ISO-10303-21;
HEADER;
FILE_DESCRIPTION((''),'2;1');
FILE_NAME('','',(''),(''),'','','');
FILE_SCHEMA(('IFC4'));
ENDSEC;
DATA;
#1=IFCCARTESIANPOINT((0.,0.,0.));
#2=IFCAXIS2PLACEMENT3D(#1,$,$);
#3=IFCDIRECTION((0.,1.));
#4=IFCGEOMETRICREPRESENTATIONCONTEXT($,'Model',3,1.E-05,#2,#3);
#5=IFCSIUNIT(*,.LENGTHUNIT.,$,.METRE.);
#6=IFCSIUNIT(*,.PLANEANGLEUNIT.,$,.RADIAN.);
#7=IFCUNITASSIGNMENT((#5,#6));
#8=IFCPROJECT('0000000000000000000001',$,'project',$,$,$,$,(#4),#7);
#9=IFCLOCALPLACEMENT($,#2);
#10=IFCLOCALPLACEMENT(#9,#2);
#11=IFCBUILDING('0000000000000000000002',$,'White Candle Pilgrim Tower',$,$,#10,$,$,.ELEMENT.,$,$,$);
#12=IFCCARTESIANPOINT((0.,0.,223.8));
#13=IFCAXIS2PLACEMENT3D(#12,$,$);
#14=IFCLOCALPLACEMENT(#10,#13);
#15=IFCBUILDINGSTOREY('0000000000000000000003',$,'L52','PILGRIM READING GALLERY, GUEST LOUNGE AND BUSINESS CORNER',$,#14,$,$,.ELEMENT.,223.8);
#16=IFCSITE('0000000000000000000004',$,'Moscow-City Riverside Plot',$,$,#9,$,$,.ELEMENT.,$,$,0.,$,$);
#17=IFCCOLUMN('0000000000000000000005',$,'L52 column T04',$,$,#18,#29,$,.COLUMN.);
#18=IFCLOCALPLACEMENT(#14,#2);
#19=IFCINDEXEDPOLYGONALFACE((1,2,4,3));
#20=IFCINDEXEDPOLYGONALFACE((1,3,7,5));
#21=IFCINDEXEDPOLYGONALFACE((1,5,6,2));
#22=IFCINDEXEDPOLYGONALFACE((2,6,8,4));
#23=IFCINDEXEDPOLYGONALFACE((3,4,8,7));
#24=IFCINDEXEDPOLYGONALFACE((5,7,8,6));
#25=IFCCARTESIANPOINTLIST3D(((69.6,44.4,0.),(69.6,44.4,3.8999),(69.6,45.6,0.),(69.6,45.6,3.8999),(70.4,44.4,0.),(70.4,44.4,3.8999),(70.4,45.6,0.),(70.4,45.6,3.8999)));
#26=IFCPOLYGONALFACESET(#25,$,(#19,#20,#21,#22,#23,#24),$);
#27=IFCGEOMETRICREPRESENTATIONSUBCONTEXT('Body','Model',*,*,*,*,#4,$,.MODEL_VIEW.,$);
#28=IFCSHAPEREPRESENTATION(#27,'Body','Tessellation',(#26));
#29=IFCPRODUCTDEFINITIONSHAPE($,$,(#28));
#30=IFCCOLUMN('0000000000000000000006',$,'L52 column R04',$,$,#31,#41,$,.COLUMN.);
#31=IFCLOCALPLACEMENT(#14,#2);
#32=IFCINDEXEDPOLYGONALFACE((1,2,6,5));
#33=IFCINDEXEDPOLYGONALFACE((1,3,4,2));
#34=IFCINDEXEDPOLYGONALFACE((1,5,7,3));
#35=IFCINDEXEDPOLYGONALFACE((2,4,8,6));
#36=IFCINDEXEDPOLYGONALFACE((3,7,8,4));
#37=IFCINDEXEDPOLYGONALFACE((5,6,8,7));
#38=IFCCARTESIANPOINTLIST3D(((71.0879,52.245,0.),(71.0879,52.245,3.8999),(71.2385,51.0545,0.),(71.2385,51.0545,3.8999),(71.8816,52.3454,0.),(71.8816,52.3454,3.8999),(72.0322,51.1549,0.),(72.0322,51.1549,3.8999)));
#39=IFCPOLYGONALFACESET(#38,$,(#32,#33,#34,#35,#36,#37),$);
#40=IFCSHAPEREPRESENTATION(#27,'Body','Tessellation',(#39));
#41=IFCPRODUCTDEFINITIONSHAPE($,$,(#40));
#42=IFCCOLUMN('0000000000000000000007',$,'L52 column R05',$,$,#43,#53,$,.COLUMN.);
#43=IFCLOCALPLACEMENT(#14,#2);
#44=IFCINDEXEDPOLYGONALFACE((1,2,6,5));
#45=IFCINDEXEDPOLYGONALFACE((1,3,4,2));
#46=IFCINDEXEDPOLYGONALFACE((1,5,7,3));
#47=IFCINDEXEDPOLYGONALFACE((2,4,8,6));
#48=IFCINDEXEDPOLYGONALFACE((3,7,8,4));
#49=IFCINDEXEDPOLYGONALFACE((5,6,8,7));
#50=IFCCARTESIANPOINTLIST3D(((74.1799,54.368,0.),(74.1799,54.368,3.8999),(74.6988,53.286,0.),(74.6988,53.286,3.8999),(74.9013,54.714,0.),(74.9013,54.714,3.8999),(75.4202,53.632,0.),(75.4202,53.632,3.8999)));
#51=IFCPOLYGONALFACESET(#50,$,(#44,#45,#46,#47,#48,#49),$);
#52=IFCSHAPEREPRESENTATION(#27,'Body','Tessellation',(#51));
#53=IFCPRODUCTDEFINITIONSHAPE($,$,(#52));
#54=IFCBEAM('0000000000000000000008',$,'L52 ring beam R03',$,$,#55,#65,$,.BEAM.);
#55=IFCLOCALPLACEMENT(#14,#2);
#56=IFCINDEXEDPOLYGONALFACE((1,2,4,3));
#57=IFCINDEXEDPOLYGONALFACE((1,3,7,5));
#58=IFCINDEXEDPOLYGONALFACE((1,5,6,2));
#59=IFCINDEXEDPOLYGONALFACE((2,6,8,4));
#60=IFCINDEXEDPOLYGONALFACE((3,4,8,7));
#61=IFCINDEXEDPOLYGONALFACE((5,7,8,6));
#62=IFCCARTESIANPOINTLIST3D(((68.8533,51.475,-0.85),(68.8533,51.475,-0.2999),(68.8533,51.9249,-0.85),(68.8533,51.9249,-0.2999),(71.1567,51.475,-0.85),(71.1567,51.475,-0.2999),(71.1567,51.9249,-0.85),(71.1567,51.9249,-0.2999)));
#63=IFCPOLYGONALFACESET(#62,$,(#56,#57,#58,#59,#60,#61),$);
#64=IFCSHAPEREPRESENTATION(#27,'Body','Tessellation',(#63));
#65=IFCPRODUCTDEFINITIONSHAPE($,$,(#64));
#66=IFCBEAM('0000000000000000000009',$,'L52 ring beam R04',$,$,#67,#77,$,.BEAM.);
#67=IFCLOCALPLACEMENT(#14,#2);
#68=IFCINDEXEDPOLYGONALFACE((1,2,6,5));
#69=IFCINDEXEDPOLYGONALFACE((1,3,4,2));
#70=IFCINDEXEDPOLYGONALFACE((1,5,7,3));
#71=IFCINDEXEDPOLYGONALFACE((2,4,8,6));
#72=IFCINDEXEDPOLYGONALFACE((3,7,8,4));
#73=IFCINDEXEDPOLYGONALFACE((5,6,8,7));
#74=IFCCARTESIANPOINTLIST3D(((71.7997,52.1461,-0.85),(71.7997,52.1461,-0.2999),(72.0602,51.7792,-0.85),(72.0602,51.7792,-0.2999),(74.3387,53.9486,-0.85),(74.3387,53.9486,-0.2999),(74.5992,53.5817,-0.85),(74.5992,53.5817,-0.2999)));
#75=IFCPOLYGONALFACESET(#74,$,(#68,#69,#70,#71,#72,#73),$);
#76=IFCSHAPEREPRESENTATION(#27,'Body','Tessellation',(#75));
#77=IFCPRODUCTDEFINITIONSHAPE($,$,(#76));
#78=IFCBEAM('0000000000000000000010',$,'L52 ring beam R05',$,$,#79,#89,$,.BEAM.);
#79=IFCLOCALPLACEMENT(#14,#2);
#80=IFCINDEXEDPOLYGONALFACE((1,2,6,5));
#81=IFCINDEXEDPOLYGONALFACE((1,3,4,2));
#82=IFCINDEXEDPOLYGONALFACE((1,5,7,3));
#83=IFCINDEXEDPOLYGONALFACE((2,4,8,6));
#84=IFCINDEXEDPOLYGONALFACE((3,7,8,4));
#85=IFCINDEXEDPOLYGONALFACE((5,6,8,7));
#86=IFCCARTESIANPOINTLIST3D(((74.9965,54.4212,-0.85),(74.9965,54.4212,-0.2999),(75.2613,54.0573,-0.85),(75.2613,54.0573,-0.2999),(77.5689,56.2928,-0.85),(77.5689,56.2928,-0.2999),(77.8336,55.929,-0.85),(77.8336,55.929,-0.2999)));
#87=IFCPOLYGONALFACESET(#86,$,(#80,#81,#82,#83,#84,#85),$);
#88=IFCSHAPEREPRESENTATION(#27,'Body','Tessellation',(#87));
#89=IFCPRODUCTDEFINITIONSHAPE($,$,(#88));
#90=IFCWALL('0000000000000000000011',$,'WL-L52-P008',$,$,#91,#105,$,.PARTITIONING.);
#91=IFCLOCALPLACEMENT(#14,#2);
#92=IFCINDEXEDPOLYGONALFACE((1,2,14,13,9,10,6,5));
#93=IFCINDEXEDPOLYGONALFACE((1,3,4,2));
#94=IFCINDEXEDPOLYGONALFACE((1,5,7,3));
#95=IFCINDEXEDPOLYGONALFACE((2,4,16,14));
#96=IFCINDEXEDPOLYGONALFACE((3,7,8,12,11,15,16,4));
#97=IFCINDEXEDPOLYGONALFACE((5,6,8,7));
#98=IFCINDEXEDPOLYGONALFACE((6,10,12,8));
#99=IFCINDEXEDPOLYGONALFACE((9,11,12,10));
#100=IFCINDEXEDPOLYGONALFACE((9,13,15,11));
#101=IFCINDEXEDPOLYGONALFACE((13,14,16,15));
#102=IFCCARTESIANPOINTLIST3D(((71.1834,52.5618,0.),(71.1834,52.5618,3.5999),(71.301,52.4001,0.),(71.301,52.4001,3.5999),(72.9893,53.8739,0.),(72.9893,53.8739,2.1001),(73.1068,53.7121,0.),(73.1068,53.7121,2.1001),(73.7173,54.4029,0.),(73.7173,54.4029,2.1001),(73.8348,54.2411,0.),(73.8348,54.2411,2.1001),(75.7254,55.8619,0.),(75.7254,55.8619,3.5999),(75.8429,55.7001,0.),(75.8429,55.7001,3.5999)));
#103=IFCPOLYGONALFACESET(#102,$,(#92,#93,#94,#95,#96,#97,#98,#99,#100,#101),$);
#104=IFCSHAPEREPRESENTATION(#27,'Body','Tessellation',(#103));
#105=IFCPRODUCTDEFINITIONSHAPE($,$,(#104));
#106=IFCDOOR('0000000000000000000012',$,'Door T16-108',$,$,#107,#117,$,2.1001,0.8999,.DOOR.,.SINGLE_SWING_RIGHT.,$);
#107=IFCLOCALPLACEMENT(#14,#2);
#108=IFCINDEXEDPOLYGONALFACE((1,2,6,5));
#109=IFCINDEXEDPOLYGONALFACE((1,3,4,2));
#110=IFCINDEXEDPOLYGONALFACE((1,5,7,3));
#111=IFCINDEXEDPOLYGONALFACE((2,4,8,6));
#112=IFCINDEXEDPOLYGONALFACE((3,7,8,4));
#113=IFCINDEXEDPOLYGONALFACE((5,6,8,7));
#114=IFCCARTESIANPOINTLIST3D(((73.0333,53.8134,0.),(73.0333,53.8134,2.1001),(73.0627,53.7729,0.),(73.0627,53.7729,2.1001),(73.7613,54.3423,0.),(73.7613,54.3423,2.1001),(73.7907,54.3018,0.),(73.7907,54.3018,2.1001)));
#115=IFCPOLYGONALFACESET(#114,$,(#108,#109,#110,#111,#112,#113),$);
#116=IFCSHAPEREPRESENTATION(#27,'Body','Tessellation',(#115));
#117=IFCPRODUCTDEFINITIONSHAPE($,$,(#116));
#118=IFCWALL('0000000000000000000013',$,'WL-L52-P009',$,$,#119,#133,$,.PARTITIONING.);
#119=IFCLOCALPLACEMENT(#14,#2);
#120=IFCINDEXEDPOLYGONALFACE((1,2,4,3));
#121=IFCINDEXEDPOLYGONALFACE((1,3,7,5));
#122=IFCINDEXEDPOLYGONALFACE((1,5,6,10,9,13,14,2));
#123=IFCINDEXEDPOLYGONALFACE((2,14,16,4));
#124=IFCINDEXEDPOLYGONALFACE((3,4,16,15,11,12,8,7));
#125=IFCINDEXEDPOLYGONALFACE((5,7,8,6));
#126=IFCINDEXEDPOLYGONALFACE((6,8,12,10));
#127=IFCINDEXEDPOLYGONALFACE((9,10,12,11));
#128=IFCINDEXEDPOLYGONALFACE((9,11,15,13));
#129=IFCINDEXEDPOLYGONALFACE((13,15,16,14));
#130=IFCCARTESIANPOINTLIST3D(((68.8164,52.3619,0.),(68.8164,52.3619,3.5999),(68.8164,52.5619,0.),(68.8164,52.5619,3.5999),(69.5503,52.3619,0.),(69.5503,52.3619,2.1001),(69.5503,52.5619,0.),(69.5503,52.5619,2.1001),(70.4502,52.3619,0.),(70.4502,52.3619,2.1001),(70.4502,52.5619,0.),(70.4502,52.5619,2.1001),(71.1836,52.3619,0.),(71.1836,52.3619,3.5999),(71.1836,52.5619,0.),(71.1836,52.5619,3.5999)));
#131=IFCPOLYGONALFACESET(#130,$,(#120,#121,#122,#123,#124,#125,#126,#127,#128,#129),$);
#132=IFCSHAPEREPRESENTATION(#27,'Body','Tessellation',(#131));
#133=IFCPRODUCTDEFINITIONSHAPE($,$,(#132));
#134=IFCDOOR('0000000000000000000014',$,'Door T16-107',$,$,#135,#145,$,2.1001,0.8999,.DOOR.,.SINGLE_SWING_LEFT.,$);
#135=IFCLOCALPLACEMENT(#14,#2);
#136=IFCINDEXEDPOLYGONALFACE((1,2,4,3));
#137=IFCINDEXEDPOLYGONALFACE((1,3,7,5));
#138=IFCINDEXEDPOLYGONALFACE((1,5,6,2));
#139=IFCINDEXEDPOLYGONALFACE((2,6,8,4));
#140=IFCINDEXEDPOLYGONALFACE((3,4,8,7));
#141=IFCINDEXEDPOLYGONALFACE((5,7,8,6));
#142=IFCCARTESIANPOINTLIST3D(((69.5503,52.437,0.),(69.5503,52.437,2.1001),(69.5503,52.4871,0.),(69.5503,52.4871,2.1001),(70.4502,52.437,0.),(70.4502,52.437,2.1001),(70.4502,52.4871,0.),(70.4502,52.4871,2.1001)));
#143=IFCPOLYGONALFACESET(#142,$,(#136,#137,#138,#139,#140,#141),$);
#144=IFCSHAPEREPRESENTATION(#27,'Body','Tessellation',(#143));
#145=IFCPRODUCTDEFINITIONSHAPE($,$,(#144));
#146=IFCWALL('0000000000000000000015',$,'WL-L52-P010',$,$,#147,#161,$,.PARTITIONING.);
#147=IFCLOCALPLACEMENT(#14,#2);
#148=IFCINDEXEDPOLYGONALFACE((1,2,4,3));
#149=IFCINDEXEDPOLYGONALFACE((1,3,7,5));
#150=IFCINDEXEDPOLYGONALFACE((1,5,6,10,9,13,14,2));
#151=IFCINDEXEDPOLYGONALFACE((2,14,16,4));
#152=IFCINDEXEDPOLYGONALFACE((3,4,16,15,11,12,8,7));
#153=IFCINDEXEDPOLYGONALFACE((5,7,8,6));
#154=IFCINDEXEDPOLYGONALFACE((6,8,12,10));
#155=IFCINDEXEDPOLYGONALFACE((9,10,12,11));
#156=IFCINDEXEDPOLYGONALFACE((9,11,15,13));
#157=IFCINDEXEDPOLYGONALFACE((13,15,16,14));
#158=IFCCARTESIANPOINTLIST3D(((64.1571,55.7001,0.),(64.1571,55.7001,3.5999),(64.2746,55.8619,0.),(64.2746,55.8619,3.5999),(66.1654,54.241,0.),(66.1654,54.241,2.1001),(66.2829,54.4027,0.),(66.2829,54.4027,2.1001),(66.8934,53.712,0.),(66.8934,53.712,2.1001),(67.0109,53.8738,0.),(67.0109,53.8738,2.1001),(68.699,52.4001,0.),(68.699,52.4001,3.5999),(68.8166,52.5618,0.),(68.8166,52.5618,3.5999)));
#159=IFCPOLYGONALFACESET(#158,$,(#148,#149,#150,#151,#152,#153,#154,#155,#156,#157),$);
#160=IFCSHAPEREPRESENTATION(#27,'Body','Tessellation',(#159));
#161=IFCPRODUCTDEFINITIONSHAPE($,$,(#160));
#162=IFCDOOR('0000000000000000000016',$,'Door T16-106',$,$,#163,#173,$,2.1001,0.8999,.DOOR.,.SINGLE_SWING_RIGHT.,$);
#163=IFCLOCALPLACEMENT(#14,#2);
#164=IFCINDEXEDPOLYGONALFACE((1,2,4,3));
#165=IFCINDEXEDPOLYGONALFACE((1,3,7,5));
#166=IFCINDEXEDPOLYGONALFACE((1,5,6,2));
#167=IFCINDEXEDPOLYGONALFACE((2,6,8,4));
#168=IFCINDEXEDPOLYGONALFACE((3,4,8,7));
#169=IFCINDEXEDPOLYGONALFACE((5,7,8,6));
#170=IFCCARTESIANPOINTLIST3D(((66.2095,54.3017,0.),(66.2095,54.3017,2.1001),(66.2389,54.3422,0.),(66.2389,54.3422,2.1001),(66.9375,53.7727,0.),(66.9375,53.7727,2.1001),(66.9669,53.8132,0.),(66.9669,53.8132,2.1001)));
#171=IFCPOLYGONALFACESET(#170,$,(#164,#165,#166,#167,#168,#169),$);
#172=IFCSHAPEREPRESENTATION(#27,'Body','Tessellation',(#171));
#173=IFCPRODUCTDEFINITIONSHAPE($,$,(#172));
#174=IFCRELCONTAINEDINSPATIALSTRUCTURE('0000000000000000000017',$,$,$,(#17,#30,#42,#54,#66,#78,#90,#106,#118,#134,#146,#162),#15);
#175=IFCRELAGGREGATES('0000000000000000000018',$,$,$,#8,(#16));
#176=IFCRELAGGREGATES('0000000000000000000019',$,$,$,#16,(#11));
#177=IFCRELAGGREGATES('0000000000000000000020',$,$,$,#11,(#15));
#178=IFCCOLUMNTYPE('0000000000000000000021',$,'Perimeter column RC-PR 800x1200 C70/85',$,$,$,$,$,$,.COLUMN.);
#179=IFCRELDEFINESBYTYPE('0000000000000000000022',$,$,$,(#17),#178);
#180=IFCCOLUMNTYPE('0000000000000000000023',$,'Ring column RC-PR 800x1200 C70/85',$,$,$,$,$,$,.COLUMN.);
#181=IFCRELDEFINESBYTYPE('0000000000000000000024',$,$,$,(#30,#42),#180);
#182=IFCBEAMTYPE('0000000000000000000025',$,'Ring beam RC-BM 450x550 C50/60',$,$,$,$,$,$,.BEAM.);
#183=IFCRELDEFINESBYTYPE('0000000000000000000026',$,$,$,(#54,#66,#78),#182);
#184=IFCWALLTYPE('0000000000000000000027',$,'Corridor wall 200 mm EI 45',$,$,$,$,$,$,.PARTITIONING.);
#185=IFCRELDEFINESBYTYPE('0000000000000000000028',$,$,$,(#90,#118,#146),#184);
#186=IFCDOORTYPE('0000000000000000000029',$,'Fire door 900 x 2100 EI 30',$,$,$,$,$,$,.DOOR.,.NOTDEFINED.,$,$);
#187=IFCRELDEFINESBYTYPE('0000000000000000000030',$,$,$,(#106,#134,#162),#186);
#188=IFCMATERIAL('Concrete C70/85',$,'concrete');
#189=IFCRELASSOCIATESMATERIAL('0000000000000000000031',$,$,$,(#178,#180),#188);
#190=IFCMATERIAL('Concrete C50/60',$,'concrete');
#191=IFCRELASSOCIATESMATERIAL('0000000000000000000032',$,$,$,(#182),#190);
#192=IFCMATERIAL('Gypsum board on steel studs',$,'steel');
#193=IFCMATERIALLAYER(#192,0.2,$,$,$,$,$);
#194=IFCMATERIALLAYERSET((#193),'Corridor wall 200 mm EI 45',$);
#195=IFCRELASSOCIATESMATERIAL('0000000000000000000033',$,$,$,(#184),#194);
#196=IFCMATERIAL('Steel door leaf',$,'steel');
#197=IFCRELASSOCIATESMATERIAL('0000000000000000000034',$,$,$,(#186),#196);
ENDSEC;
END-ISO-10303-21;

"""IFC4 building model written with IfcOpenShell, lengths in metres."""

from ifc_helpers import new_model, si_unit, direction, frame, frame_2d, origin, origin_2d, place, context, subcontext, project, spatial, rectangle, extrude, material, layer, layer_set, material_profile, profile_set, type_object, element, fill, save


model = new_model("IFC4")

# Units and contexts
model_context = context("Model", 3, precision=1e-05, world=origin(), true_north=direction((0.0, 1.0)))
body_context = subcontext(model_context, "Body", "Model", "MODEL_VIEW")
ifc_project = project(units=[si_unit("LENGTHUNIT", "METRE"), si_unit("PLANEANGLEUNIT", "RADIAN")], contexts=[model_context])

# Site, building, storey
site_placement = place(None, origin())
site = spatial("IfcSite", under=ifc_project, at=site_placement, Name="Moscow-City Riverside Plot", CompositionType="ELEMENT", RefElevation=0.0)
building_placement = place(site_placement, origin())
building = spatial("IfcBuilding", under=site, at=building_placement, Name="White Candle Pilgrim Tower", CompositionType="ELEMENT")
storey_placement = place(building_placement, frame((0.0, 0.0, 223.8)))
storey = spatial("IfcBuildingStorey", under=building, at=storey_placement, Name="L52", Description="PILGRIM READING GALLERY, GUEST LOUNGE AND BUSINESS CORNER", CompositionType="ELEMENT", Elevation=223.8)

# Columns
ifc_material_1 = material(Name="Concrete C70/85", Category="concrete")
ifc_material_profile_1 = material_profile(ifc_material_1, rectangle(XDim=0.8, YDim=1.2, at=origin_2d()), Name="RC-PR 800x1200")
ifc_profile_set_1 = profile_set([ifc_material_profile_1], Name="Concrete C70/85")
column_type_1 = type_object("IfcColumnType", Name="Perimeter column RC-PR 800x1200 C70/85", PredefinedType="COLUMN", material=ifc_profile_set_1)
column_placement = place(storey_placement, frame((70.0, 45.0, 0.0), z_axis=(0.0, 0.0, 1.0), x_axis=(-1.0, 0.0, 0.0)))
element("IfcColumn", 1, at=column_placement, inside=storey, type_object=column_type_1, Name="L52 column T04", PredefinedType="COLUMN", context=body_context, shape_type="SweptSolid", body=[
    extrude(rectangle(XDim=0.8, YDim=1.2, at=origin_2d()), origin(), (0.0, 0.0, 1.0), 3.8999),
])
ifc_material_profile_2 = material_profile(ifc_material_1, rectangle(XDim=0.8, YDim=1.2, at=origin_2d()), Name="RC-PR 800x1200")
ifc_profile_set_2 = profile_set([ifc_material_profile_2], Name="Concrete C70/85")
column_type_2 = type_object("IfcColumnType", Name="Ring column RC-PR 800x1200 C70/85", PredefinedType="COLUMN", material=ifc_profile_set_2)
for number, where, z_axis, x_axis, name in (
    (2, (71.5601, 51.7, 0.0), (0.0, 0.0, 1.0), (-0.992093, -0.125506, 0.0), "L52 column R04"),
    (3, (74.8, 54.0, 0.0), (0.0, 0.0, 1.0), (-0.901689, -0.432385, 0.0), "L52 column R05"),
):
    element("IfcColumn", number, at=place(storey_placement, frame(where, z_axis=z_axis, x_axis=x_axis)), inside=storey, type_object=column_type_2, Name=name, PredefinedType="COLUMN", context=body_context, shape_type="SweptSolid", body=[
        extrude(rectangle(XDim=0.8, YDim=1.2, at=origin_2d()), origin(), (0.0, 0.0, 1.0), 3.8999),
    ])

# Beams
ifc_material_2 = material(Name="Concrete C50/60", Category="concrete")
ifc_material_profile_3 = material_profile(ifc_material_2, rectangle(XDim=0.45, YDim=0.55, at=origin_2d()), Name="RC-BM 450x550")
ifc_profile_set_3 = profile_set([ifc_material_profile_3], Name="Concrete C50/60")
beam_type = type_object("IfcBeamType", Name="Ring beam RC-BM 450x550 C50/60", PredefinedType="BEAM", material=ifc_profile_set_3)
beam_1_placement = place(storey_placement, frame((68.8533, 51.7, -0.575), z_axis=(1.0, 0.0, 0.0), x_axis=(0.0, 1.0, 0.0)))
element("IfcBeam", 4, at=beam_1_placement, inside=storey, type_object=beam_type, Name="L52 ring beam R03", PredefinedType="BEAM", context=body_context, shape_type="SweptSolid", body=[
    extrude(rectangle(XDim=0.45, YDim=0.55, at=origin_2d()), origin(), (0.0, 0.0, 1.0), 2.3035),
])
beam_2_placement = place(storey_placement, frame((71.9299, 51.9626, -0.575), z_axis=(0.81542, 0.57887, 0.0), x_axis=(-0.57887, 0.81542, 0.0)))
element("IfcBeam", 5, at=beam_2_placement, inside=storey, type_object=beam_type, Name="L52 ring beam R04", PredefinedType="BEAM", context=body_context, shape_type="SweptSolid", body=[
    extrude(rectangle(XDim=0.45, YDim=0.55, at=origin_2d()), origin(), (0.0, 0.0, 1.0), 3.1138),
])
beam_3_placement = place(storey_placement, frame((75.1289, 54.2393, -0.575), z_axis=(0.80861, 0.588345, 0.0), x_axis=(-0.588345, 0.80861, 0.0)))
element("IfcBeam", 6, at=beam_3_placement, inside=storey, type_object=beam_type, Name="L52 ring beam R05", PredefinedType="BEAM", context=body_context, shape_type="SweptSolid", body=[
    extrude(rectangle(XDim=0.45, YDim=0.55, at=origin_2d()), origin(), (0.0, 0.0, 1.0), 3.1812),
])

# Walls, openings, doors
ifc_material_3 = material(Name="Gypsum board on steel studs", Category="steel")
ifc_layer_1 = layer(ifc_material_3, 0.2)
ifc_layer_set_1 = layer_set([ifc_layer_1], Name="Corridor wall 200 mm EI 45")
wall_type_1 = type_object("IfcWallType", Name="Corridor wall 200 mm EI 45", PredefinedType="PARTITIONING", material=ifc_layer_set_1)
wall_1_placement = place(storey_placement, frame((75.7842, 55.781, 0.0), z_axis=(0.0, 0.0, 1.0), x_axis=(-0.809009, -0.587797, 0.0)))
wall_1 = element("IfcWall", 7, at=wall_1_placement, inside=storey, type_object=wall_type_1, Name="WL-L52-P008", PredefinedType="PARTITIONING", context=body_context, shape_type="SweptSolid", body=[
    extrude(rectangle(XDim=5.6143, YDim=0.2, at=frame_2d((2.8071, 0.0))), origin(), (0.0, 0.0, 1.0), 3.5999),
])
opening_1_placement = place(wall_1_placement, frame((2.4822, 0.0, 0.0)))
opening_1 = element("IfcOpeningElement", 8, at=opening_1_placement, cuts=wall_1, PredefinedType="OPENING", context=body_context, shape_type="SweptSolid", body=[
    extrude(rectangle(XDim=0.8999, YDim=2.1001, at=frame_2d((0.45, 1.05))), frame((0.0, 0.1099, 0.0), z_axis=(0.0, -1.0, 0.0), x_axis=(1.0, 0.0, 0.0)), (0.0, 0.0, 1.0), 0.22),
])
ifc_material_4 = material(Name="Steel door leaf", Category="steel")
door_type = type_object("IfcDoorType", Name="Fire door 900 x 2100 EI 30", OperationType="NOTDEFINED", PredefinedType="DOOR", material=ifc_material_4)
door_1_placement = place(opening_1_placement, origin())
door_1 = element("IfcDoor", 9, at=door_1_placement, inside=storey, type_object=door_type, Name="Door T16-108", OperationType="SINGLE_SWING_RIGHT", OverallHeight=2.1001, OverallWidth=0.8999, PredefinedType="DOOR", context=body_context, shape_type="SweptSolid", body=[
    extrude(rectangle(XDim=0.8999, YDim=2.1001, at=frame_2d((0.45, 1.05))), frame((0.0, 0.0249, 0.0), z_axis=(0.0, -1.0, 0.0), x_axis=(1.0, 0.0, 0.0)), (0.0, 0.0, 1.0), 0.05),
])
fill(opening_1, door_1)
wall_2_placement = place(storey_placement, frame((71.1836, 52.4619, 0.0), z_axis=(0.0, 0.0, 1.0), x_axis=(-1.0, 0.0, 0.0)))
wall_2 = element("IfcWall", 10, at=wall_2_placement, inside=storey, type_object=wall_type_1, Name="WL-L52-P009", PredefinedType="PARTITIONING", context=body_context, shape_type="SweptSolid", body=[
    extrude(rectangle(XDim=2.3672, YDim=0.2, at=frame_2d((1.1836, 0.0))), origin(), (0.0, 0.0, 1.0), 3.5999),
])
opening_2_placement = place(wall_2_placement, frame((0.7334, 0.0, 0.0)))
opening_2 = element("IfcOpeningElement", 11, at=opening_2_placement, cuts=wall_2, PredefinedType="OPENING", context=body_context, shape_type="SweptSolid", body=[
    extrude(rectangle(XDim=0.8999, YDim=2.1001, at=frame_2d((0.45, 1.05))), frame((0.0, 0.1099, 0.0), z_axis=(0.0, -1.0, 0.0), x_axis=(1.0, 0.0, 0.0)), (0.0, 0.0, 1.0), 0.22),
])
door_2_placement = place(opening_2_placement, origin())
door_2 = element("IfcDoor", 12, at=door_2_placement, inside=storey, type_object=door_type, Name="Door T16-107", OperationType="SINGLE_SWING_LEFT", OverallHeight=2.1001, OverallWidth=0.8999, PredefinedType="DOOR", context=body_context, shape_type="SweptSolid", body=[
    extrude(rectangle(XDim=0.8999, YDim=2.1001, at=frame_2d((0.45, 1.05))), frame((0.0, 0.0249, 0.0), z_axis=(0.0, -1.0, 0.0), x_axis=(1.0, 0.0, 0.0)), (0.0, 0.0, 1.0), 0.05),
])
fill(opening_2, door_2)
wall_3_placement = place(storey_placement, frame((68.7578, 52.481, 0.0), z_axis=(0.0, 0.0, 1.0), x_axis=(-0.809009, 0.587797, 0.0)))
wall_3 = element("IfcWall", 13, at=wall_3_placement, inside=storey, type_object=wall_type_1, Name="WL-L52-P010", PredefinedType="PARTITIONING", context=body_context, shape_type="SweptSolid", body=[
    extrude(rectangle(XDim=5.6143, YDim=0.2, at=frame_2d((2.8071, 0.0))), origin(), (0.0, 0.0, 1.0), 3.5999),
])
opening_3_placement = place(wall_3_placement, frame((2.2319, 0.0, 0.0)))
opening_3 = element("IfcOpeningElement", 14, at=opening_3_placement, cuts=wall_3, PredefinedType="OPENING", context=body_context, shape_type="SweptSolid", body=[
    extrude(rectangle(XDim=0.8999, YDim=2.1001, at=frame_2d((0.45, 1.05))), frame((0.0, 0.1099, 0.0), z_axis=(0.0, -1.0, 0.0), x_axis=(1.0, 0.0, 0.0)), (0.0, 0.0, 1.0), 0.22),
])
door_3_placement = place(opening_3_placement, origin())
door_3 = element("IfcDoor", 15, at=door_3_placement, inside=storey, type_object=door_type, Name="Door T16-106", OperationType="SINGLE_SWING_RIGHT", OverallHeight=2.1001, OverallWidth=0.8999, PredefinedType="DOOR", context=body_context, shape_type="SweptSolid", body=[
    extrude(rectangle(XDim=0.8999, YDim=2.1001, at=frame_2d((0.45, 1.05))), frame((0.0, 0.0249, 0.0), z_axis=(0.0, -1.0, 0.0), x_axis=(1.0, 0.0, 0.0)), (0.0, 0.0, 1.0), 0.05),
])
fill(opening_3, door_3)

save(model, "model.ifc")
